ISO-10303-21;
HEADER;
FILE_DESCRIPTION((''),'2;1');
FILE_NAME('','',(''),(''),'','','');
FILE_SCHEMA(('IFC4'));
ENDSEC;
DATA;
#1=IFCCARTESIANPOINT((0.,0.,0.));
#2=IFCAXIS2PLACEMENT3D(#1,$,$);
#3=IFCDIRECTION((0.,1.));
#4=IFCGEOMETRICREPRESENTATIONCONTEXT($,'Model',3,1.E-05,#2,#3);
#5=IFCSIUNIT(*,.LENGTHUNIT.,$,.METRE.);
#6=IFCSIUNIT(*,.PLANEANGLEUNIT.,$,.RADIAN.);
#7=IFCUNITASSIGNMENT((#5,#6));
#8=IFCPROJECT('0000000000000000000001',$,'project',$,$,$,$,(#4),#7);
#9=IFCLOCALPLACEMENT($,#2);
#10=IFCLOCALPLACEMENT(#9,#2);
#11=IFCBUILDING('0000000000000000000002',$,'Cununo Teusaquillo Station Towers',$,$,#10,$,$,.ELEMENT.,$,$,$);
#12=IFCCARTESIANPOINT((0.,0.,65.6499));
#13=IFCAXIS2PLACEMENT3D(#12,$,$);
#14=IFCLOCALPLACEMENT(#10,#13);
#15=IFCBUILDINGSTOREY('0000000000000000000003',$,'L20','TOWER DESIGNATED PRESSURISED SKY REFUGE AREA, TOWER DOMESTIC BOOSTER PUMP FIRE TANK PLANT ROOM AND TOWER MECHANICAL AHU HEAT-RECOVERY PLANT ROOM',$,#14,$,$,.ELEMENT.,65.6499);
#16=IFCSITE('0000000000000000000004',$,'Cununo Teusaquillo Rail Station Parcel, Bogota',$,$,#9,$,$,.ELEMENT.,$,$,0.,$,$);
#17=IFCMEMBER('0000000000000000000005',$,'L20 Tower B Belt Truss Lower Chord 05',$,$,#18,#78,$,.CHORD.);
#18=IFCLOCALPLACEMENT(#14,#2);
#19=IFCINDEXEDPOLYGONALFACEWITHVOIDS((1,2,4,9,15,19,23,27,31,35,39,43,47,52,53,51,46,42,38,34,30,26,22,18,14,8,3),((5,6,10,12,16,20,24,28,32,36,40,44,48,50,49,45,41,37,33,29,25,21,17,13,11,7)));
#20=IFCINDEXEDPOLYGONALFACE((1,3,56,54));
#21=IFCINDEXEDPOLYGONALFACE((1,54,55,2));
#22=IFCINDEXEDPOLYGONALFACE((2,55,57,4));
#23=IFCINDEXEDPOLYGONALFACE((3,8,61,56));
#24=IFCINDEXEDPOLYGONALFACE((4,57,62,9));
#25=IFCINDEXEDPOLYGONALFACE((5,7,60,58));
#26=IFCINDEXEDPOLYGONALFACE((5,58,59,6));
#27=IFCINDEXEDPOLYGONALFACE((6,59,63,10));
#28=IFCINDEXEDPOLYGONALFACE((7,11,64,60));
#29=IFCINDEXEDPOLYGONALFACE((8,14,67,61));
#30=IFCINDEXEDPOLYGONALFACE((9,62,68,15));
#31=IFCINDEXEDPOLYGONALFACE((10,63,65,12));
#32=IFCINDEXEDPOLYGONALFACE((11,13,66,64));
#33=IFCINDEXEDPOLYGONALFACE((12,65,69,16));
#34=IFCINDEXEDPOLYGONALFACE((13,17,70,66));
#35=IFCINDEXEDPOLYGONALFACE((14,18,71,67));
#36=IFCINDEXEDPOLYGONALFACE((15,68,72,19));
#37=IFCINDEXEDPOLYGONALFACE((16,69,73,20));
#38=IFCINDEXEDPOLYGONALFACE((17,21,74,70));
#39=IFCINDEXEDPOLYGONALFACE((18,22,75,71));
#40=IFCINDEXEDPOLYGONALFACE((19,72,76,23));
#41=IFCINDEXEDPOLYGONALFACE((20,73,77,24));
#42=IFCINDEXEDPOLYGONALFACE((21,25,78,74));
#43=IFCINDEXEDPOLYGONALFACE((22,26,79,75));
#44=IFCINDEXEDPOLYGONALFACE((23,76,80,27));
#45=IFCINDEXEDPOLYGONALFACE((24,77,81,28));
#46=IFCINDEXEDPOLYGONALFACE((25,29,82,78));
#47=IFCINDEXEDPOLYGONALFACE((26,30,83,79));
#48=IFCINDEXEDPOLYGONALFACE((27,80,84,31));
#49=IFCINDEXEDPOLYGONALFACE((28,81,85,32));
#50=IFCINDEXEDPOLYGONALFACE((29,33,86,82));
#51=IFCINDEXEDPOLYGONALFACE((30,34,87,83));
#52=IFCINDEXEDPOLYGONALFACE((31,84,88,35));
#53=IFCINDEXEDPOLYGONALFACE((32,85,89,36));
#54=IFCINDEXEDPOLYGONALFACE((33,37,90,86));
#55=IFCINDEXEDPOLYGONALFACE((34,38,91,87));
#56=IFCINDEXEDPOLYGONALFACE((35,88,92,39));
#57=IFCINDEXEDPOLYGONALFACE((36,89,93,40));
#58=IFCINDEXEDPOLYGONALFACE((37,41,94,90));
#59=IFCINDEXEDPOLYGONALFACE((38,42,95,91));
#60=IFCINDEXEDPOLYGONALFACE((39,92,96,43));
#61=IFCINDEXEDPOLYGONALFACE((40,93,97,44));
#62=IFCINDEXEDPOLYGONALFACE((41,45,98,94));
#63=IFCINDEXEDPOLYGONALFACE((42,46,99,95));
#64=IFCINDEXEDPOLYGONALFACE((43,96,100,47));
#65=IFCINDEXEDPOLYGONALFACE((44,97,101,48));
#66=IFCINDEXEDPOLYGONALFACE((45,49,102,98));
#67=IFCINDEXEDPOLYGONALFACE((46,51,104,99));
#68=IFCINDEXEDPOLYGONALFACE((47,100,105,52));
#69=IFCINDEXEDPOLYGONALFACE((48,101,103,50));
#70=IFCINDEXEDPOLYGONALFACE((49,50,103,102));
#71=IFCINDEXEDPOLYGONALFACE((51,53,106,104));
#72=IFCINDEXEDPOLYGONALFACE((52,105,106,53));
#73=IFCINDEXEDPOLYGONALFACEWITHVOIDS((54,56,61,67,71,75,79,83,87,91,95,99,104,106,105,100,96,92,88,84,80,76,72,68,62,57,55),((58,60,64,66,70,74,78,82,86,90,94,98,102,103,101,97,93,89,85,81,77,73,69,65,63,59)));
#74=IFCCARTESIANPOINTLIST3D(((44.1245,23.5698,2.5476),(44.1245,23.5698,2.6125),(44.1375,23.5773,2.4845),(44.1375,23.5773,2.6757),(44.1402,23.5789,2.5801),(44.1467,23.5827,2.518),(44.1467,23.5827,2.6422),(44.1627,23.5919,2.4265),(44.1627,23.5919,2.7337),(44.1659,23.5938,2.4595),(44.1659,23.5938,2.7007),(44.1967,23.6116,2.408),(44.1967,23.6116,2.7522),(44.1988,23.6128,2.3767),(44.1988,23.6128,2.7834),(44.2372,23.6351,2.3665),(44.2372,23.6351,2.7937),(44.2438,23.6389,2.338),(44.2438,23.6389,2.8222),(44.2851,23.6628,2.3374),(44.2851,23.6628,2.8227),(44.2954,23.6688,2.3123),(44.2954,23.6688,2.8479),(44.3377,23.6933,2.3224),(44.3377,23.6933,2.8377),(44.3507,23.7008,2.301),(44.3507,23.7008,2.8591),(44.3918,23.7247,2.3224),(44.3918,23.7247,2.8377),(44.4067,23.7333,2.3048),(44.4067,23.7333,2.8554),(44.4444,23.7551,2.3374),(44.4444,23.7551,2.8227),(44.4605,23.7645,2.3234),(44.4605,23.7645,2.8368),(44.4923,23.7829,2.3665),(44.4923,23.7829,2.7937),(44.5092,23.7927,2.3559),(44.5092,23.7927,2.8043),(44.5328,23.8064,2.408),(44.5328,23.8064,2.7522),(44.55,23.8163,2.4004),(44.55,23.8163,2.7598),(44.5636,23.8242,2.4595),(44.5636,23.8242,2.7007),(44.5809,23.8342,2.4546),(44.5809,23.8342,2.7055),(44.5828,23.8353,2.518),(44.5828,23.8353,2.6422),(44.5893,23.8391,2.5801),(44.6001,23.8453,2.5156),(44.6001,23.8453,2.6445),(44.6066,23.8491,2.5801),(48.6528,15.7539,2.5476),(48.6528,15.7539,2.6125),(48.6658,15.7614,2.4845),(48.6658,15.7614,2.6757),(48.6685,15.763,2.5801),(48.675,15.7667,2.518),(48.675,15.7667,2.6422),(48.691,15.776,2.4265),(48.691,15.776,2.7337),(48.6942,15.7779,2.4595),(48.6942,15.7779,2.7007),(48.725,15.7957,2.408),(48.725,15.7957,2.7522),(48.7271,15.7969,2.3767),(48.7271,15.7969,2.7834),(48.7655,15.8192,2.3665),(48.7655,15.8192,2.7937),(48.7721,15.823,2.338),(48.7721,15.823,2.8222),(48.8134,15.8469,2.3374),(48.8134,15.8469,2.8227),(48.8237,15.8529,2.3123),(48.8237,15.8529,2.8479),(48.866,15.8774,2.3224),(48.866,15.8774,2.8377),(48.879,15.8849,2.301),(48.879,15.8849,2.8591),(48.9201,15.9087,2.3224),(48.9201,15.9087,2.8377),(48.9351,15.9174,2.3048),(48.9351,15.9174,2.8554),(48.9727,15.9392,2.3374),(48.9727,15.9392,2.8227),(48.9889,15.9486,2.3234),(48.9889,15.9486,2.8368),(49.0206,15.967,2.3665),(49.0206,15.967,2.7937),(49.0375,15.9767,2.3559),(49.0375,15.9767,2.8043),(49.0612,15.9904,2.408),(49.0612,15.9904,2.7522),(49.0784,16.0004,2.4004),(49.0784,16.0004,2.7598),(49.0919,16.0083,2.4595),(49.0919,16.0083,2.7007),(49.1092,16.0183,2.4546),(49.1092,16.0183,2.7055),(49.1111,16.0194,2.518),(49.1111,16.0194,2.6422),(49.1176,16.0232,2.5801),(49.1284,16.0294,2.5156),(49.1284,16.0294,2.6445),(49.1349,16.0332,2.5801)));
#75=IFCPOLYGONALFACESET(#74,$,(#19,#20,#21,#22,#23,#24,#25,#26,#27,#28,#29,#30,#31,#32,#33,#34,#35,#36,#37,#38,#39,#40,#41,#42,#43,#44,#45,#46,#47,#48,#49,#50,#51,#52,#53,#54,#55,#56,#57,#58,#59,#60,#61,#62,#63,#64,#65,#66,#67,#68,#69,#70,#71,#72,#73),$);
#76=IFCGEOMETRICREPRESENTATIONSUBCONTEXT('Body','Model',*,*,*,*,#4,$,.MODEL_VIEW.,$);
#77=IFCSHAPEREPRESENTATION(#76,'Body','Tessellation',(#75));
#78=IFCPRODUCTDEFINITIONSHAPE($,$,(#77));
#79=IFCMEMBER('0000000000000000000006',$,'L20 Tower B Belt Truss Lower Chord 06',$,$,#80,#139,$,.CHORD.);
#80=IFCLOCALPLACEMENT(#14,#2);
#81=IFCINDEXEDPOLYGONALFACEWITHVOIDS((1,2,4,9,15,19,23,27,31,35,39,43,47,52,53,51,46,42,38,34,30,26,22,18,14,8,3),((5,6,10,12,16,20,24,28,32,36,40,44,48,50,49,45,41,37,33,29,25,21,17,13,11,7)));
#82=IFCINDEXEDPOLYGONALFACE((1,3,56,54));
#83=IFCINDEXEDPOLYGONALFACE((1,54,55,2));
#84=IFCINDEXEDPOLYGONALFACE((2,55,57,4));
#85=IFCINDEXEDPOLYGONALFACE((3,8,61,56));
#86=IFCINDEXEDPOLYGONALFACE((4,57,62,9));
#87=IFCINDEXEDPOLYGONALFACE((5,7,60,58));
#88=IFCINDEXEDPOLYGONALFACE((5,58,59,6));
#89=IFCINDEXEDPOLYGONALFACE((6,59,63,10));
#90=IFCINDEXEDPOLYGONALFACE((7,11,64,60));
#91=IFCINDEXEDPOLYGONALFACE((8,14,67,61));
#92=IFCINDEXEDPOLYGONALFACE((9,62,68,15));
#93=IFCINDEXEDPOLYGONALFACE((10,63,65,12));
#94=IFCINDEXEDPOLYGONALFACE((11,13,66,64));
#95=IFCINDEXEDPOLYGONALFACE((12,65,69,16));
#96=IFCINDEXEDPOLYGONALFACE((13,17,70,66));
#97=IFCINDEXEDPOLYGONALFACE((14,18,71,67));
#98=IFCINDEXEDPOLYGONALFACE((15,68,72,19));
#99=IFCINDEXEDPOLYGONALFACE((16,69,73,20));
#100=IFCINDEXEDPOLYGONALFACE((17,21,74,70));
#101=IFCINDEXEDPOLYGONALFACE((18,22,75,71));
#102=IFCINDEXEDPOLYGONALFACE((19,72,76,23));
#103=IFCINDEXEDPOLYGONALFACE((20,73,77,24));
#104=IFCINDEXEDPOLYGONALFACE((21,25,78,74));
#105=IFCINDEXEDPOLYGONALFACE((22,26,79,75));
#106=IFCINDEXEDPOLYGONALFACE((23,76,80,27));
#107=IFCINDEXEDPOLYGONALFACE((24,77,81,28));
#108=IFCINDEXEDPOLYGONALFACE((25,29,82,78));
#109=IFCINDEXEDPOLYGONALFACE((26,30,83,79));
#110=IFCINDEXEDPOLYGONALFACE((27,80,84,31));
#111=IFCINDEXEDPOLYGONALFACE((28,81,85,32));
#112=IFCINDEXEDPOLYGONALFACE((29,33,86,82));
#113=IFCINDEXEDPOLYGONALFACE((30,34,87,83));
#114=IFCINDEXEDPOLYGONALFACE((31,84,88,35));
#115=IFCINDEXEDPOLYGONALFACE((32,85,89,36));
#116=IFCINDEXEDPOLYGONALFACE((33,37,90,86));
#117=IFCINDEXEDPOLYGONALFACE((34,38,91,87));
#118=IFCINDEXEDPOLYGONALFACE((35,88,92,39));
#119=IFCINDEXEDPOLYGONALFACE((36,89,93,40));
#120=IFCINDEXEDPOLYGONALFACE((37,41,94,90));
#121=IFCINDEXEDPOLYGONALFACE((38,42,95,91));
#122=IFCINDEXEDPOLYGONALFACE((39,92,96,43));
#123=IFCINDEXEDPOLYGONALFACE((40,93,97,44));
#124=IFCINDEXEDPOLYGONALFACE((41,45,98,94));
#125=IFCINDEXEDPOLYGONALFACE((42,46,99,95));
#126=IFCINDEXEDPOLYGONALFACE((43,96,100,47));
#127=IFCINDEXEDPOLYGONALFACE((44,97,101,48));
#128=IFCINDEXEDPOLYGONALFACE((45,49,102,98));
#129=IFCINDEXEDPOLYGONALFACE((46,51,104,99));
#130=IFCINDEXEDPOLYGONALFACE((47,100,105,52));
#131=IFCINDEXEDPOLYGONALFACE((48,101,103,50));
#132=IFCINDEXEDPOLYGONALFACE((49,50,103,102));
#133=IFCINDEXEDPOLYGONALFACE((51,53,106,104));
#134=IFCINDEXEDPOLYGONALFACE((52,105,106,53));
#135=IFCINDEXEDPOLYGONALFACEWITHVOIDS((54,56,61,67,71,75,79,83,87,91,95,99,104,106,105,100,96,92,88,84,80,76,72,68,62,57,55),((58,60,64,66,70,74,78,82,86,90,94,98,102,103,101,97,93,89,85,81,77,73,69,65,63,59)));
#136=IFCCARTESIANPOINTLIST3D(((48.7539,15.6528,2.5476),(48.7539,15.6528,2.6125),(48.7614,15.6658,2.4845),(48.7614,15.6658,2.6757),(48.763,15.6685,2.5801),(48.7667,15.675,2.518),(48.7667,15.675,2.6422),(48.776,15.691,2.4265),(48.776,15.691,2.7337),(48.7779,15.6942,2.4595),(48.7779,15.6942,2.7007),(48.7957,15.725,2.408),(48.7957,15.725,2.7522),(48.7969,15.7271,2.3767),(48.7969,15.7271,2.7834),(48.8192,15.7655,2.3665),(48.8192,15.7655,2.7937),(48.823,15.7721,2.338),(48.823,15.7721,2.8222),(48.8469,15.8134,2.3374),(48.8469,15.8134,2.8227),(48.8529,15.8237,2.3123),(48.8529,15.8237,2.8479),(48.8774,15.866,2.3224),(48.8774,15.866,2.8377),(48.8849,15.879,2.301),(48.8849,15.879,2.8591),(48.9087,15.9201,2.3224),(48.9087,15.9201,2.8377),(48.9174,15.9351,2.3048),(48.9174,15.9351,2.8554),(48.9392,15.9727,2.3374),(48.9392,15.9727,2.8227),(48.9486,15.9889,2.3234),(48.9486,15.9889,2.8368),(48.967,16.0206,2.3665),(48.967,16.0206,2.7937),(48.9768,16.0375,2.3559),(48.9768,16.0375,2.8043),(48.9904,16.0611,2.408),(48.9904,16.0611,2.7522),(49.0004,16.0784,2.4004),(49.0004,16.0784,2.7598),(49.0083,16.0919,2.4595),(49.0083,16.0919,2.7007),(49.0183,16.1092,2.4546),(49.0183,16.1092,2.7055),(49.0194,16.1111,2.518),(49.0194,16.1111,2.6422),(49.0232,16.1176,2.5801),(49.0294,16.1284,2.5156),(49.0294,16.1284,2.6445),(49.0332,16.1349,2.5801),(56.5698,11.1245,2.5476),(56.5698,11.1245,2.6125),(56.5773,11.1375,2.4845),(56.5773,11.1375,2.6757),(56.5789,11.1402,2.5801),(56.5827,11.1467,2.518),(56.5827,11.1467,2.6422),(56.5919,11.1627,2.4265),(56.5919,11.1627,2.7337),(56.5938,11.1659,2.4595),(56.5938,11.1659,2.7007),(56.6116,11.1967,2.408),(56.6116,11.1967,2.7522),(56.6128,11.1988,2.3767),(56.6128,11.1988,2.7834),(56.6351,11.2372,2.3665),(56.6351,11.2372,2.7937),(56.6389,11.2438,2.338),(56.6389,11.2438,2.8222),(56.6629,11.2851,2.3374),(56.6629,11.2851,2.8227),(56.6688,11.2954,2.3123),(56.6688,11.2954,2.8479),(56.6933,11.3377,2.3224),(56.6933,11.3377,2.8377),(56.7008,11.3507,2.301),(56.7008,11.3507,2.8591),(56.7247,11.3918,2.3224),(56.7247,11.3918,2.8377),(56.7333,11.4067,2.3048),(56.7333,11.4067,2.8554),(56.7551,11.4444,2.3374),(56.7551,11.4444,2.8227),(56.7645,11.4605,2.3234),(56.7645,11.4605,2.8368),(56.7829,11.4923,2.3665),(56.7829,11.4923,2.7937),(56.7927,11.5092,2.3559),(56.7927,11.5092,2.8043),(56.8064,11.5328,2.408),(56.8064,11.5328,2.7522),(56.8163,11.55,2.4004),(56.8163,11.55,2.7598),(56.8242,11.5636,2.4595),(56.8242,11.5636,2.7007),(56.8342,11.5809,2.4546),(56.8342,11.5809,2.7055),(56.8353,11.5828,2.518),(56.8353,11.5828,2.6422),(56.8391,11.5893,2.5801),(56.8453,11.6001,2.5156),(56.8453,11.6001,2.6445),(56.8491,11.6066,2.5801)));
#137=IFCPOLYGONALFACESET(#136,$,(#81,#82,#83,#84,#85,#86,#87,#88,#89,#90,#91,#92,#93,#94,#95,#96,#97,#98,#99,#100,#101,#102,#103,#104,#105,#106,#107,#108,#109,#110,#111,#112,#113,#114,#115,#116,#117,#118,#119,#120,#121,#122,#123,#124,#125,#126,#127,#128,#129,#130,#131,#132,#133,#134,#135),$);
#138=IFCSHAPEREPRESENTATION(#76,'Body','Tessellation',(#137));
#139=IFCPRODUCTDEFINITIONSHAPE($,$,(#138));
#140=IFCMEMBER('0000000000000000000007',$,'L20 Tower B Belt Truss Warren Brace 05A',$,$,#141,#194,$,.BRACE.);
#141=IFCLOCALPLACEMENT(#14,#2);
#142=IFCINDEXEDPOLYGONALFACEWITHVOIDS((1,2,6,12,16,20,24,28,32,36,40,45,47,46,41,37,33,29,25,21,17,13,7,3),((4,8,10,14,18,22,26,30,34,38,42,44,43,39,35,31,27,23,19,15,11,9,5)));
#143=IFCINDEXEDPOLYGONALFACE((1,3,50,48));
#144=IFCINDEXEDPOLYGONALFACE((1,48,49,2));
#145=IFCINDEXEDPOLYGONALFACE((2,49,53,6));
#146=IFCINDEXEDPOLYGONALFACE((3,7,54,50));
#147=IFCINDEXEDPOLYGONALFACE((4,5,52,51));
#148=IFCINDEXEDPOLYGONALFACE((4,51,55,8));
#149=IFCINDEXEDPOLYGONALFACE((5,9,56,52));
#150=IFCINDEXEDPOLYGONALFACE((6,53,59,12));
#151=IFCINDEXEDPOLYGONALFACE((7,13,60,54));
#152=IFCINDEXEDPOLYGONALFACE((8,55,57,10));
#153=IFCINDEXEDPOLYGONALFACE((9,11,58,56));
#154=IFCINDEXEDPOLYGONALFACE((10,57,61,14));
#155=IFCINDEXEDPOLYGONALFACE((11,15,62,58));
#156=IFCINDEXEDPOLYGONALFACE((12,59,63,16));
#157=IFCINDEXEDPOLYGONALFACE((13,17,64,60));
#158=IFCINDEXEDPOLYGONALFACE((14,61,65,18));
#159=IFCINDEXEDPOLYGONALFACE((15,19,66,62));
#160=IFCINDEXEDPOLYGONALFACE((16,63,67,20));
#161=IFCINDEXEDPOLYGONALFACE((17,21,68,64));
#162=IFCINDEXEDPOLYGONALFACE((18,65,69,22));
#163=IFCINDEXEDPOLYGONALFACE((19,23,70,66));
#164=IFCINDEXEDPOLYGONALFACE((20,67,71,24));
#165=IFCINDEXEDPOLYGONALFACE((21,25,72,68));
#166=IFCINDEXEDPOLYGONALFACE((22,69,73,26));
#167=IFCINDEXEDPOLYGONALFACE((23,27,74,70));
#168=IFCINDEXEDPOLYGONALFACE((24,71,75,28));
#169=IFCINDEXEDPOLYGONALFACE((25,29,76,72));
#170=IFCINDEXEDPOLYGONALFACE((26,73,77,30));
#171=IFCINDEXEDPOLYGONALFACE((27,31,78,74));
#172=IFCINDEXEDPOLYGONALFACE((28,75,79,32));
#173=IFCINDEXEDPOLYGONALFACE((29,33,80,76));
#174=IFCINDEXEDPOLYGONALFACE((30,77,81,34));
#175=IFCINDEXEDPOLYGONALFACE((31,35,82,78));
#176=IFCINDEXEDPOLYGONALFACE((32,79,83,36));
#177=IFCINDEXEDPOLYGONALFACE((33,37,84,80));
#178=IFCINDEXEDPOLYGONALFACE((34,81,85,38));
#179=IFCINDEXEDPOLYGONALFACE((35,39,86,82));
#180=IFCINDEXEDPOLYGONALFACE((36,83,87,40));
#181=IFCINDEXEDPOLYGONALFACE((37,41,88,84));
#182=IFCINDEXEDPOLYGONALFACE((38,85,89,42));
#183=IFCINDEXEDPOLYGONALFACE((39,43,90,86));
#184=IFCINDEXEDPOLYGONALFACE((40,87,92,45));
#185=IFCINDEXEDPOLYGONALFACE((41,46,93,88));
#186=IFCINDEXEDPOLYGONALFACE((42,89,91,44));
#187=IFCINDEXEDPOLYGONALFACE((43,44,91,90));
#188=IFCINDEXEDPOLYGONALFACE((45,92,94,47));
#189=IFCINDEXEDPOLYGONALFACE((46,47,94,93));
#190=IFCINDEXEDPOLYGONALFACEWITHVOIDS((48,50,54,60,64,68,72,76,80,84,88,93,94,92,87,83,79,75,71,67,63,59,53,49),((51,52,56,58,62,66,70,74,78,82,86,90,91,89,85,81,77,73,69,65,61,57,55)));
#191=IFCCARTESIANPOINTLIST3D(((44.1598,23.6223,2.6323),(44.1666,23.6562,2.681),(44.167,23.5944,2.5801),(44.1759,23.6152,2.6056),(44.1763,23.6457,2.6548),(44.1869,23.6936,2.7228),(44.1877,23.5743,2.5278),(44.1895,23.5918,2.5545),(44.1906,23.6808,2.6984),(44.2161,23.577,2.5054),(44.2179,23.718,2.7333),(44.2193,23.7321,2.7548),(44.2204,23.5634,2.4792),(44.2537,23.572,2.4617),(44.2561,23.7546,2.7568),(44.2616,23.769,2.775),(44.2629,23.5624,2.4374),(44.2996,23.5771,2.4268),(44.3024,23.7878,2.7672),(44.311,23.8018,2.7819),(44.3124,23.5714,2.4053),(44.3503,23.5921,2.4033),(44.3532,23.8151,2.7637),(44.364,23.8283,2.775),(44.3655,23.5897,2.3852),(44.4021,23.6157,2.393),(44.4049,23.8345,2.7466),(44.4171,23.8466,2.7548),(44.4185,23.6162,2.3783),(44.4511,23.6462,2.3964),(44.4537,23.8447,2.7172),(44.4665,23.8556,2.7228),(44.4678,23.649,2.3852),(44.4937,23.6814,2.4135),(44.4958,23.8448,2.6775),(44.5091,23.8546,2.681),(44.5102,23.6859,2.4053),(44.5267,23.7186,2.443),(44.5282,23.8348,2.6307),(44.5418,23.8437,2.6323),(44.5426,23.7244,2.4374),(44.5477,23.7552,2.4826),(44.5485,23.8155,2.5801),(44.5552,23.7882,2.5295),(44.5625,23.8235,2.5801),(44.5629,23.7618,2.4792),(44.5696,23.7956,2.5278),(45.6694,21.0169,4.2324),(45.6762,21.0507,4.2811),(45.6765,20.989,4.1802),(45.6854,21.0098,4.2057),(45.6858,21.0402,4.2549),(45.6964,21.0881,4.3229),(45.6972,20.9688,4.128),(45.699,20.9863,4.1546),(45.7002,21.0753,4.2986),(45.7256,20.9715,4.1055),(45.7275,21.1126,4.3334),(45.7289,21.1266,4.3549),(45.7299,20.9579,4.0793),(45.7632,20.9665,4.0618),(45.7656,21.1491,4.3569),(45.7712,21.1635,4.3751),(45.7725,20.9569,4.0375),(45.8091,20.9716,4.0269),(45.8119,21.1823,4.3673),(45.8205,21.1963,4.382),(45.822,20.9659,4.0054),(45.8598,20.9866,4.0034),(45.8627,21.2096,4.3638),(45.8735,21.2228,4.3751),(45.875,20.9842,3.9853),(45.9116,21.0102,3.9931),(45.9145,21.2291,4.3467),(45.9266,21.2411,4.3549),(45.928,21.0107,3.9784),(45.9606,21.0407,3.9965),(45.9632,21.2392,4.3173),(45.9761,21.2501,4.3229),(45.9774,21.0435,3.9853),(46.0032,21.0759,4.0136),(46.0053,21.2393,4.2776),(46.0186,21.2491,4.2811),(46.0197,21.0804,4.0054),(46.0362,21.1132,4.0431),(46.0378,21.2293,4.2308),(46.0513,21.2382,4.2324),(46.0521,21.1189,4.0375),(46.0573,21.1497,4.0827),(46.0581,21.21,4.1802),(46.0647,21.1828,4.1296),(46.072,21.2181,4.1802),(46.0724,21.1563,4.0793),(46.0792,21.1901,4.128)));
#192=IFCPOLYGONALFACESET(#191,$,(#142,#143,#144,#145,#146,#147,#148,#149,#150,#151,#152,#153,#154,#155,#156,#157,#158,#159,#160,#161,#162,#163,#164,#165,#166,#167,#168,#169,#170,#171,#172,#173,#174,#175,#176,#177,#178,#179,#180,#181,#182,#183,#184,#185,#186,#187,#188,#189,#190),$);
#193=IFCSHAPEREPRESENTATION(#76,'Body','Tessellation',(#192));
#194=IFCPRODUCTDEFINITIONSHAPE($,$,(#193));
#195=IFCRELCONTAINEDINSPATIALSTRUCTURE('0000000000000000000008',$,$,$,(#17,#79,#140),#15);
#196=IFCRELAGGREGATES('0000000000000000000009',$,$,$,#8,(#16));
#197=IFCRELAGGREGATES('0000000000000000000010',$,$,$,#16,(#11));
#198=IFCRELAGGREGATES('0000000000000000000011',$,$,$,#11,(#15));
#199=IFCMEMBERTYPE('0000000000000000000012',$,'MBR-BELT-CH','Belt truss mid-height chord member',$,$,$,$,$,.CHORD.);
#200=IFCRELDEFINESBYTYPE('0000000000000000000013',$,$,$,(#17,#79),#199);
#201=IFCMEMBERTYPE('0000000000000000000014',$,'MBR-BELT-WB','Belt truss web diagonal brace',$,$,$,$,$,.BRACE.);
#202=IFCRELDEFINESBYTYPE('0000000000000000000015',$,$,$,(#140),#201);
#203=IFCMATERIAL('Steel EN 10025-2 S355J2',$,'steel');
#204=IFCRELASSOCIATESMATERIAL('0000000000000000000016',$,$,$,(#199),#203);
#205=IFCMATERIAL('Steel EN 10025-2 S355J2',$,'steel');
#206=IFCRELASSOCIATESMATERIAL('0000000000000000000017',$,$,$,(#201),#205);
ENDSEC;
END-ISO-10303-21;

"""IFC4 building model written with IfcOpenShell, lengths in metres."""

from ifc_helpers import new_model, si_unit, direction, frame, origin, origin_2d, place, context, subcontext, project, spatial, hollow_circle, extrude, material, material_profile, profile_set, type_object, element, save


model = new_model("IFC4")

# Units and contexts
model_context = context("Model", 3, precision=1e-05, world=origin(), true_north=direction((0.0, 1.0)))
body_context = subcontext(model_context, "Body", "Model", "MODEL_VIEW")
ifc_project = project(units=[si_unit("LENGTHUNIT", "METRE"), si_unit("PLANEANGLEUNIT", "RADIAN")], contexts=[model_context])

# Site, building, storey
site_placement = place(None, origin())
site = spatial("IfcSite", under=ifc_project, at=site_placement, Name="Cununo Teusaquillo Rail Station Parcel, Bogota", CompositionType="ELEMENT", RefElevation=0.0)
building_placement = place(site_placement, origin())
building = spatial("IfcBuilding", under=site, at=building_placement, Name="Cununo Teusaquillo Station Towers", CompositionType="ELEMENT")
storey_placement = place(building_placement, frame((0.0, 0.0, 65.6499)))
storey = spatial("IfcBuildingStorey", under=building, at=storey_placement, Name="L20", Description="TOWER DESIGNATED PRESSURISED SKY REFUGE AREA, TOWER DOMESTIC BOOSTER PUMP FIRE TANK PLANT ROOM AND TOWER MECHANICAL AHU HEAT-RECOVERY PLANT ROOM", CompositionType="ELEMENT", Elevation=65.6499)

# Members
ifc_material_1 = material(Name="Steel EN 10025-2 S355J2", Category="steel")
ifc_material_profile_1 = material_profile(ifc_material_1, hollow_circle(Radius=0.2795, WallThickness=0.02, at=origin_2d()), Name="CHS 559x20")
ifc_profile_set_1 = profile_set([ifc_material_profile_1], Name="Steel EN 10025-2 S355J2")
member_type_1 = type_object("IfcMemberType", Name="MBR-BELT-CH", Description="Belt truss mid-height chord member", PredefinedType="CHORD", material=ifc_profile_set_1)
for number, where, z_axis, x_axis, name in (
    (1, (44.3647, 23.709, 2.5801), (0.501311, -0.865267, 0.0), (0.865267, 0.501311, 0.0), "L20 Tower B Belt Truss Lower Chord 05"),
    (2, (48.8931, 15.8931, 2.5801), (0.865267, -0.501311, 0.0), (0.501311, 0.865267, 0.0), "L20 Tower B Belt Truss Lower Chord 06"),
):
    element("IfcMember", number, at=place(storey_placement, frame(where, z_axis=z_axis, x_axis=x_axis)), inside=storey, type_object=member_type_1, Name=name, PredefinedType="CHORD", context=body_context, shape_type="SweptSolid", body=[
        extrude(hollow_circle(Radius=0.2795, WallThickness=0.02, at=origin_2d()), origin(), (0.0, 0.0, 1.0), 9.033),
    ])
ifc_material_2 = material(Name="Steel EN 10025-2 S355J2", Category="steel")
ifc_material_profile_2 = material_profile(ifc_material_2, hollow_circle(Radius=0.2285, WallThickness=0.0161, at=origin_2d()), Name="CHS 457x16")
ifc_profile_set_2 = profile_set([ifc_material_profile_2], Name="Steel EN 10025-2 S355J2")
member_type_2 = type_object("IfcMemberType", Name="MBR-BELT-WB", Description="Belt truss web diagonal brace", PredefinedType="BRACE", material=ifc_profile_set_2)
member_1_placement = place(storey_placement, frame((44.3647, 23.709, 2.5801), z_axis=(0.442688, -0.764089, 0.46925), x_axis=(0.865269, 0.501308, 0.0)))
element("IfcMember", 3, at=member_1_placement, inside=storey, type_object=member_type_2, Name="L20 Tower B Belt Truss Warren Brace 05A", PredefinedType="BRACE", context=body_context, shape_type="SweptSolid", body=[
    extrude(hollow_circle(Radius=0.2285, WallThickness=0.0161, at=origin_2d()), origin(), (0.0, 0.0, 1.0), 3.4099),
])

save(model, "model.ifc")
